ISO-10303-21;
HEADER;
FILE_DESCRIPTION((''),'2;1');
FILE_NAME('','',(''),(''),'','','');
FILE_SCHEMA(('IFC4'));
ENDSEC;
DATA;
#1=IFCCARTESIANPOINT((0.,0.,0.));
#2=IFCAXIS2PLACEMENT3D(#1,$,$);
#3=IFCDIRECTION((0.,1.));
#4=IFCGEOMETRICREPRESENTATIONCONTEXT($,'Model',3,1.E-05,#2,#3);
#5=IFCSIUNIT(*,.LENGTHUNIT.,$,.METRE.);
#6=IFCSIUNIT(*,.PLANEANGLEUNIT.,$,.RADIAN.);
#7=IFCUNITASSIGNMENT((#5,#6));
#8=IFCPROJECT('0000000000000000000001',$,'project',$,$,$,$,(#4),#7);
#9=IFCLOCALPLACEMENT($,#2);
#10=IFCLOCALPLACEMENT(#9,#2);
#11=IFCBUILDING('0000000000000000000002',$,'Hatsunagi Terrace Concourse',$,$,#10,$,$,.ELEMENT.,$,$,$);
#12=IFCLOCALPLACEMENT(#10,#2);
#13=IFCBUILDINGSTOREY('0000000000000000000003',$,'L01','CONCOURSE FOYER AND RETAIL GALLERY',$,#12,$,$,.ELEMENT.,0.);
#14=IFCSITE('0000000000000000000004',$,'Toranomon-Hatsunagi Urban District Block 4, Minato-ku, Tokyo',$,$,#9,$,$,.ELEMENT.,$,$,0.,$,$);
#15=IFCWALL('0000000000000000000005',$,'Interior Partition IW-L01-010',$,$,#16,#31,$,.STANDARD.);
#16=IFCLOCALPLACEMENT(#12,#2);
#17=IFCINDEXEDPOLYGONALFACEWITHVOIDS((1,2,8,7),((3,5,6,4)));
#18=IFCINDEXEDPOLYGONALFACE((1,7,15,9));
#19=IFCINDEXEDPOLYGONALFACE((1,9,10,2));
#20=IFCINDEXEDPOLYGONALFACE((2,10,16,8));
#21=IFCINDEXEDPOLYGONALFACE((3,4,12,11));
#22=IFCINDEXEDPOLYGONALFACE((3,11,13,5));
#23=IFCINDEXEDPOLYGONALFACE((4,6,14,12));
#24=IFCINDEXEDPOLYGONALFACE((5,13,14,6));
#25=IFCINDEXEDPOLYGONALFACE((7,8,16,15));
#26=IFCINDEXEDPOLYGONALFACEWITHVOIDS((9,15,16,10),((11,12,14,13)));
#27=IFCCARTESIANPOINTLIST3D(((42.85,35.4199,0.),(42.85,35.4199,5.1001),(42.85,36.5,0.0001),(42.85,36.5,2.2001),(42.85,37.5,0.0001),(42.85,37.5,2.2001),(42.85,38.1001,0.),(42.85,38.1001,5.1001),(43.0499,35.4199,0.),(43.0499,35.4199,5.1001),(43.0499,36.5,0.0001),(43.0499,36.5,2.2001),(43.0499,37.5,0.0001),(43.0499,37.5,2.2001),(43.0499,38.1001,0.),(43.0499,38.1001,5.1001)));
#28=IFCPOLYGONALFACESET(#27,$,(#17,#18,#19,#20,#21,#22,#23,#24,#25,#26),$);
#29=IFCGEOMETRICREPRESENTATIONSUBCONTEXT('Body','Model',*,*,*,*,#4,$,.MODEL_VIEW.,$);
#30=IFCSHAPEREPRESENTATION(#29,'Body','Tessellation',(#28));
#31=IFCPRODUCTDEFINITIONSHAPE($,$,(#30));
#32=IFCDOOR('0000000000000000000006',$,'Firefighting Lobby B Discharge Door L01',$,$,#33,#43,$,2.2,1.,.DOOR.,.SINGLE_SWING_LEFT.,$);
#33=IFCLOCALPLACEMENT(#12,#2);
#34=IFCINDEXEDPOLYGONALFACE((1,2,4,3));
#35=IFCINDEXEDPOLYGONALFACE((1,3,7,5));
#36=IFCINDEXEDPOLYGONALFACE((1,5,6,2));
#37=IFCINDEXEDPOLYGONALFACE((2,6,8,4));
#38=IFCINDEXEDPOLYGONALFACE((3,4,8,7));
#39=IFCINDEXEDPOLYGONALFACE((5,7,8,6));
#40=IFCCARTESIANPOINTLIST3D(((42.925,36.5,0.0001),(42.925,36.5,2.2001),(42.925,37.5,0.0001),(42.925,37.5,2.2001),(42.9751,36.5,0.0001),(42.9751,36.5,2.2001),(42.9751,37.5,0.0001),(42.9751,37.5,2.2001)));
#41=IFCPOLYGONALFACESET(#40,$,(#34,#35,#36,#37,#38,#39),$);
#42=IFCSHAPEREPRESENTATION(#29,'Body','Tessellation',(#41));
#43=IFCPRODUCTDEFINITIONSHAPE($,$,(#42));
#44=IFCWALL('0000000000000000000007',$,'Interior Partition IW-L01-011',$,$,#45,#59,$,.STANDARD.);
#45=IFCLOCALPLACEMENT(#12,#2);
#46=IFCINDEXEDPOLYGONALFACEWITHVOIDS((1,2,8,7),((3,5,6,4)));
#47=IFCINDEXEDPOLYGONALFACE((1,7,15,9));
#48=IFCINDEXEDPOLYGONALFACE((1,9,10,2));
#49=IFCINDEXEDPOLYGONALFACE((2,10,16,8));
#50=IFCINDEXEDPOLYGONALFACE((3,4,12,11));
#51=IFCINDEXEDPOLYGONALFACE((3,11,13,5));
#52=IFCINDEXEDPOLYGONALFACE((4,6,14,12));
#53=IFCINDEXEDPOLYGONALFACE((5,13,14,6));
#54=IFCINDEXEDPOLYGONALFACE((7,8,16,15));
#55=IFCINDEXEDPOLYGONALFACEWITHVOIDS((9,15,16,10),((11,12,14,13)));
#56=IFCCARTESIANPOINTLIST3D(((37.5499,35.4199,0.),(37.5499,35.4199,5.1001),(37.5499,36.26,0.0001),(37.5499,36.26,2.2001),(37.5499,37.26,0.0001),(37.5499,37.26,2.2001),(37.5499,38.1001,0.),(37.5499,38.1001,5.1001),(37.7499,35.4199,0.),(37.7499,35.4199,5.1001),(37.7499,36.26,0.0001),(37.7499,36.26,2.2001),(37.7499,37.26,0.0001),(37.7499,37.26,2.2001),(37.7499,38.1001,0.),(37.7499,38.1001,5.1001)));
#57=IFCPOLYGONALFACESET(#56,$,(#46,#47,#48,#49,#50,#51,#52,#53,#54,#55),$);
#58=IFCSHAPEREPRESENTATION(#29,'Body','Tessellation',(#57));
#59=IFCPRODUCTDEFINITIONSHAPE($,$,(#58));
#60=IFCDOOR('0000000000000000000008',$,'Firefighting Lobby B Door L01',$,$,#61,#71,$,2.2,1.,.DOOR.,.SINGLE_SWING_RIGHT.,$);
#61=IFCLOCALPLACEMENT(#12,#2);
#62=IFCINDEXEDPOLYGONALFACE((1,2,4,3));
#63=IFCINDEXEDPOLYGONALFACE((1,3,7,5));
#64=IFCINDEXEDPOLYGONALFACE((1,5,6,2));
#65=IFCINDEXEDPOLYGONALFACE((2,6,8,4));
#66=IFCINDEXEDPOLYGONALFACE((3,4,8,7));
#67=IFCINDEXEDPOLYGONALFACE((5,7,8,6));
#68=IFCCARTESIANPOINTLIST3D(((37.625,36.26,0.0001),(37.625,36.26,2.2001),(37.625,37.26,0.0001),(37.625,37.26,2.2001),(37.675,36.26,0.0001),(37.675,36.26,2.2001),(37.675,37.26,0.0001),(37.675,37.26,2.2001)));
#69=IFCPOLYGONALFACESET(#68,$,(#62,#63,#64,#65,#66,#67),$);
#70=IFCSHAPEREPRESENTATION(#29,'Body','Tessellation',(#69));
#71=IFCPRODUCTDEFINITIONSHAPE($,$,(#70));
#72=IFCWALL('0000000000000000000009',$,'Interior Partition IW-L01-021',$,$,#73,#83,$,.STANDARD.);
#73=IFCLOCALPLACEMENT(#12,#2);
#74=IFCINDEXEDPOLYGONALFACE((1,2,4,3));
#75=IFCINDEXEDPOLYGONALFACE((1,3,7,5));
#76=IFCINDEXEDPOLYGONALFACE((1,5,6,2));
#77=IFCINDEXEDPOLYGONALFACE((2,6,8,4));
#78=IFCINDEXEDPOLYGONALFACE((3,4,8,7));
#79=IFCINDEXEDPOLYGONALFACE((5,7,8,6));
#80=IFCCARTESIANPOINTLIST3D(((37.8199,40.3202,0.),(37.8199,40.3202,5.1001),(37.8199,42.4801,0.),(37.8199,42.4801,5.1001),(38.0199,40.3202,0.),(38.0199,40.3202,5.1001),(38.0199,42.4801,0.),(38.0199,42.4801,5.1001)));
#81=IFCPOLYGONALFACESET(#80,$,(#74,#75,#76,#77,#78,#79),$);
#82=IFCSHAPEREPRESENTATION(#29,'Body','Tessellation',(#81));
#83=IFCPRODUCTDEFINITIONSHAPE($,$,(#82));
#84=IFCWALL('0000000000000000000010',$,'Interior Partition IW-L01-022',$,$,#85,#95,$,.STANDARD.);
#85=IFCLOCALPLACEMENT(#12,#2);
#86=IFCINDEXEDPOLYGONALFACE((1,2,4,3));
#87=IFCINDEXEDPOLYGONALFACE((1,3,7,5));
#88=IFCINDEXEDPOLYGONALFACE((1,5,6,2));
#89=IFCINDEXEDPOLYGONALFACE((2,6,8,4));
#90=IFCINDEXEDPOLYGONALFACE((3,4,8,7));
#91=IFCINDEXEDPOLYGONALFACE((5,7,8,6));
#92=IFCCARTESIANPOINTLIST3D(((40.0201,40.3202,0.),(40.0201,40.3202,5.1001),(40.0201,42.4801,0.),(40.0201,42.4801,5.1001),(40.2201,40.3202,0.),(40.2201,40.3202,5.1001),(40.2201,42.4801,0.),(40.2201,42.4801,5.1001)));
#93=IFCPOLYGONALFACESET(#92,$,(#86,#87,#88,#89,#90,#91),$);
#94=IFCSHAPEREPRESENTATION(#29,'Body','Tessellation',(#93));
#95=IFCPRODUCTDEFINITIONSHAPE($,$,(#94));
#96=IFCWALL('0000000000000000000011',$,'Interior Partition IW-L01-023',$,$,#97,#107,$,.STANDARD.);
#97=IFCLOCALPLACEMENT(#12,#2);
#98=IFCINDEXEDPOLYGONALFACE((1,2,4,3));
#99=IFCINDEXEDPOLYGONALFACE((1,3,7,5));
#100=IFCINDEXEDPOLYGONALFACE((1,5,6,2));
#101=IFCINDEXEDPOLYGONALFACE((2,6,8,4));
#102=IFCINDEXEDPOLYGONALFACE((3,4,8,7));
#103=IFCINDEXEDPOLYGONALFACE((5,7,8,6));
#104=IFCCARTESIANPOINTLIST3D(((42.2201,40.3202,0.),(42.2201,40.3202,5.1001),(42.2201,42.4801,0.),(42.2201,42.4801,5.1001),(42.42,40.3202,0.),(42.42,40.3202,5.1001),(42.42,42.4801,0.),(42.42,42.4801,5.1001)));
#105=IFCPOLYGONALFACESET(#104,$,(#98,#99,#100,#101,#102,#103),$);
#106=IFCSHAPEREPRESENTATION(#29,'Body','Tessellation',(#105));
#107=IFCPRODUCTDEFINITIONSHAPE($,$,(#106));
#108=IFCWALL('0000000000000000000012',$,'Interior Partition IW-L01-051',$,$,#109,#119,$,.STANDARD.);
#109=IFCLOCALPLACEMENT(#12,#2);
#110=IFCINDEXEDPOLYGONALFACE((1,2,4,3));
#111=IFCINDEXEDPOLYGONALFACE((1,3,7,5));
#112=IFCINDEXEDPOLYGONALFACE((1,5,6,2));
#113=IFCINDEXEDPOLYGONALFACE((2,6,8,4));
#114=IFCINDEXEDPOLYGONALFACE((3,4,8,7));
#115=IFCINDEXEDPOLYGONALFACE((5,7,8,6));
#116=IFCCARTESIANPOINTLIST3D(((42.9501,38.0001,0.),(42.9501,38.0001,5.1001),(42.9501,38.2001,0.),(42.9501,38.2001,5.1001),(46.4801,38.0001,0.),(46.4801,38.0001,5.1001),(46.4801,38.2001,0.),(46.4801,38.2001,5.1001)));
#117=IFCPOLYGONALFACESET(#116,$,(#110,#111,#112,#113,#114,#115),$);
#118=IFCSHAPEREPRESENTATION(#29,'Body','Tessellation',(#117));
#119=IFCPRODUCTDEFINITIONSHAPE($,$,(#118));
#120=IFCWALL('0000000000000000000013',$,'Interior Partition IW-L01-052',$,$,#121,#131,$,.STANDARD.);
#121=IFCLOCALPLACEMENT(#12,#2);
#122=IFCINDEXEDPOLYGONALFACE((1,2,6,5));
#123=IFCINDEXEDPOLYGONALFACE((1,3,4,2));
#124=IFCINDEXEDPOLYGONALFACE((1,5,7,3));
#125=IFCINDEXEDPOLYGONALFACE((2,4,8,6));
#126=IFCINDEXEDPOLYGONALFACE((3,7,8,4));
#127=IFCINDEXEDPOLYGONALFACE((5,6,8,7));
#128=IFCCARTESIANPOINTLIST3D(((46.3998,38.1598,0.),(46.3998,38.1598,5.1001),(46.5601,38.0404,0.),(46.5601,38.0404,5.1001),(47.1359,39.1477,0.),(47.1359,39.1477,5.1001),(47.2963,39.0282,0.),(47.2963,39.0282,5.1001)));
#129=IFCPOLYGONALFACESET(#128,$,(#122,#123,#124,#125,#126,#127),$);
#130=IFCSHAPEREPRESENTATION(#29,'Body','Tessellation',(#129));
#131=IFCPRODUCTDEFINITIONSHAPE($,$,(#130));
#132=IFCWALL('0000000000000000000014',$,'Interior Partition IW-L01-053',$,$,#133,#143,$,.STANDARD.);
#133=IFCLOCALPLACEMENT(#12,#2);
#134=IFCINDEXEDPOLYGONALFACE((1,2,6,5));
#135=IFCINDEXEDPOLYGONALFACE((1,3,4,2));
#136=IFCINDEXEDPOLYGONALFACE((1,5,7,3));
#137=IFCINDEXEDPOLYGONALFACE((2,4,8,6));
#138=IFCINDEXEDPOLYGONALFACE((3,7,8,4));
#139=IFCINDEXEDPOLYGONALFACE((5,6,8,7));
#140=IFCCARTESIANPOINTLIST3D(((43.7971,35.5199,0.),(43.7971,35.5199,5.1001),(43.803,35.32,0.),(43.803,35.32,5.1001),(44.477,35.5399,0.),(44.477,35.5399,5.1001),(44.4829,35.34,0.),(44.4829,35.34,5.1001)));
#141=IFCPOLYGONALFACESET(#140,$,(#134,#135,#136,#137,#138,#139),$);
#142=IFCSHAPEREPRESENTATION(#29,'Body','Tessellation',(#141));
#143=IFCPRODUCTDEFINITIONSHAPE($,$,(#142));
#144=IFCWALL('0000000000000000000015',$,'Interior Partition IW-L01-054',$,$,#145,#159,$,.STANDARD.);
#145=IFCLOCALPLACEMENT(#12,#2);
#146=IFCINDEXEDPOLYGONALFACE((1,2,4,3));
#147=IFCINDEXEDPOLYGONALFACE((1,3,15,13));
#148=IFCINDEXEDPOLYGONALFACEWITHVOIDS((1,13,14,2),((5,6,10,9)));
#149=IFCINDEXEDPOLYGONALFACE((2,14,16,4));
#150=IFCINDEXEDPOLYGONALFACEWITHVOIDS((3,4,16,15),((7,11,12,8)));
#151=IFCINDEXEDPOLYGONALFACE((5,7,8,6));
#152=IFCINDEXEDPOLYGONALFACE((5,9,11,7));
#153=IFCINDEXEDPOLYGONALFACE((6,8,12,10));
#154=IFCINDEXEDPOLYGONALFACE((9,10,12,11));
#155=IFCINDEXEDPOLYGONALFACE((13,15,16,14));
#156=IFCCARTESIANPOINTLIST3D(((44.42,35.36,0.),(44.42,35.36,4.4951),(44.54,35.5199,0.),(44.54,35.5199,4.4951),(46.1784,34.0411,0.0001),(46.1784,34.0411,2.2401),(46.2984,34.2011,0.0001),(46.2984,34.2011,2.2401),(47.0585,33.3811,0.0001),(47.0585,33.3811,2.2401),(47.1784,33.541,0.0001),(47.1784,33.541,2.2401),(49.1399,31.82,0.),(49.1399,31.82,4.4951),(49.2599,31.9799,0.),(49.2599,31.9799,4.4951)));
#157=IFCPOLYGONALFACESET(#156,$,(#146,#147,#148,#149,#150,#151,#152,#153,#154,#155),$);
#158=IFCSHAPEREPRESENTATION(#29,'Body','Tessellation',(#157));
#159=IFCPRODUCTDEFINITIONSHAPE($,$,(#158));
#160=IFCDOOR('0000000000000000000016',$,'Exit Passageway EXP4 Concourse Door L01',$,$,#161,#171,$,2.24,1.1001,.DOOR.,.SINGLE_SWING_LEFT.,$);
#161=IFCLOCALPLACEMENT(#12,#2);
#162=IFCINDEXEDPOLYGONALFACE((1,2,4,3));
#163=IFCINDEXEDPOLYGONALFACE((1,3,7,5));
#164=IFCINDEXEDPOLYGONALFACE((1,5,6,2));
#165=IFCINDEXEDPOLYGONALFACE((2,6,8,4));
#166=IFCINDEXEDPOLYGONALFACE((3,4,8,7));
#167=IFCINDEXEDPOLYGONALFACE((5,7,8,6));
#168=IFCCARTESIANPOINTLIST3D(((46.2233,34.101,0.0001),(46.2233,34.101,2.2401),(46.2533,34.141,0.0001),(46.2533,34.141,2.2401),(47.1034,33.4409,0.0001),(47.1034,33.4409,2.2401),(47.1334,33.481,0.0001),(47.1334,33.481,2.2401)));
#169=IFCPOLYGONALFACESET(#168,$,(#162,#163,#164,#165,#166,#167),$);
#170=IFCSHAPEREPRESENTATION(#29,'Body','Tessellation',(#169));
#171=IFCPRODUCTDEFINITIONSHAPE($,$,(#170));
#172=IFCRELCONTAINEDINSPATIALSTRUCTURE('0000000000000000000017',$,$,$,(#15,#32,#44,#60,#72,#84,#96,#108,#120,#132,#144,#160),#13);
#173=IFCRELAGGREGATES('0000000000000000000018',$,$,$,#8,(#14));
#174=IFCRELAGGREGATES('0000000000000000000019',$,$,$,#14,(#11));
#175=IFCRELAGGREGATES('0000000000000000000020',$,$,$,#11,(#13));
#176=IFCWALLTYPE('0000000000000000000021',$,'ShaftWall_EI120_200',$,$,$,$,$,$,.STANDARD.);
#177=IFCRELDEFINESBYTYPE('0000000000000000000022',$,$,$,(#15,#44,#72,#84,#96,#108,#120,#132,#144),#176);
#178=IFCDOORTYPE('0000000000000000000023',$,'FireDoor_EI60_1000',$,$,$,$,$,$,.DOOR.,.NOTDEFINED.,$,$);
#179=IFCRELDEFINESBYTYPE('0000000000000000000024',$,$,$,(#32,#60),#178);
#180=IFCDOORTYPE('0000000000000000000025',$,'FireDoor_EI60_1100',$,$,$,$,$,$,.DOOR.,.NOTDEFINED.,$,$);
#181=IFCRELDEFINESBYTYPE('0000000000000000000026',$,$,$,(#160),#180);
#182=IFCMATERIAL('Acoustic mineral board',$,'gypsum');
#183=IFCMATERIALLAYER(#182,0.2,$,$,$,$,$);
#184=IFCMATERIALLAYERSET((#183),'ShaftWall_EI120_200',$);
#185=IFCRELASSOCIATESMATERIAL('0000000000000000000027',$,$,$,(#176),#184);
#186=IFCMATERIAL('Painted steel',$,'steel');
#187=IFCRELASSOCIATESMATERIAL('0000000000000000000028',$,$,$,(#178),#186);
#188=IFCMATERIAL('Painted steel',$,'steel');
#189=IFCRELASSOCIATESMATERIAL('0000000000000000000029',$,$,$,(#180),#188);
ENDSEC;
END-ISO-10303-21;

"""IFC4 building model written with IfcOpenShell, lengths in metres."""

from ifc_helpers import new_model, si_unit, direction, frame, frame_2d, origin, place, context, subcontext, project, spatial, rectangle, extrude, material, layer, layer_set, type_object, element, fill, save


model = new_model("IFC4")

# Units and contexts
model_context = context("Model", 3, precision=1e-05, world=origin(), true_north=direction((0.0, 1.0)))
body_context = subcontext(model_context, "Body", "Model", "MODEL_VIEW")
ifc_project = project(units=[si_unit("LENGTHUNIT", "METRE"), si_unit("PLANEANGLEUNIT", "RADIAN")], contexts=[model_context])

# Site, building, storey
site_placement = place(None, origin())
site = spatial("IfcSite", under=ifc_project, at=site_placement, Name="Toranomon-Hatsunagi Urban District Block 4, Minato-ku, Tokyo", CompositionType="ELEMENT", RefElevation=0.0)
building_placement = place(site_placement, origin())
building = spatial("IfcBuilding", under=site, at=building_placement, Name="Hatsunagi Terrace Concourse", CompositionType="ELEMENT")
storey_placement = place(building_placement, origin())
storey = spatial("IfcBuildingStorey", under=building, at=storey_placement, Name="L01", Description="CONCOURSE FOYER AND RETAIL GALLERY", CompositionType="ELEMENT", Elevation=0.0)

# Shared definitions
ifc_material_1 = material(Name="Acoustic mineral board", Category="gypsum")
ifc_layer_1 = layer(ifc_material_1, 0.2)
ifc_layer_set_1 = layer_set([ifc_layer_1], Name="ShaftWall_EI120_200")
wall_type = type_object("IfcWallType", Name="ShaftWall_EI120_200", PredefinedType="STANDARD", material=ifc_layer_set_1)

# Walls, openings, doors
wall_1_placement = place(storey_placement, frame((42.95, 35.4199, 0.0), z_axis=(0.0, 0.0, 1.0), x_axis=(0.0, 1.0, 0.0)))
wall_1 = element("IfcWall", 1, at=wall_1_placement, inside=storey, type_object=wall_type, Name="Interior Partition IW-L01-010", PredefinedType="STANDARD", context=body_context, shape_type="SweptSolid", body=[
    extrude(rectangle(XDim=2.6802, YDim=0.2, at=frame_2d((1.3401, 0.0))), origin(), (0.0, 0.0, 1.0), 5.1001),
])
opening_1_placement = place(wall_1_placement, frame((1.0801, 0.0, 0.0)))
opening_1 = element("IfcOpeningElement", 2, at=opening_1_placement, cuts=wall_1, PredefinedType="OPENING", context=body_context, shape_type="SweptSolid", body=[
    extrude(rectangle(XDim=1.0, YDim=2.2, at=frame_2d((0.5, 1.1001))), frame((0.0, 0.1099, 0.0), z_axis=(0.0, -1.0, 0.0), x_axis=(1.0, 0.0, 0.0)), (0.0, 0.0, 1.0), 0.22),
])
ifc_material_2 = material(Name="Painted steel", Category="steel")
door_type_1 = type_object("IfcDoorType", Name="FireDoor_EI60_1000", OperationType="NOTDEFINED", PredefinedType="DOOR", material=ifc_material_2)
door_1_placement = place(opening_1_placement, origin())
door_1 = element("IfcDoor", 3, at=door_1_placement, inside=storey, type_object=door_type_1, Name="Firefighting Lobby B Discharge Door L01", OperationType="SINGLE_SWING_LEFT", OverallHeight=2.2, OverallWidth=1.0, PredefinedType="DOOR", context=body_context, shape_type="SweptSolid", body=[
    extrude(rectangle(XDim=1.0, YDim=2.2, at=frame_2d((0.5, 1.1001))), frame((0.0, 0.0249, 0.0), z_axis=(0.0, -1.0, 0.0), x_axis=(1.0, 0.0, 0.0)), (0.0, 0.0, 1.0), 0.05),
])
fill(opening_1, door_1)
wall_2_placement = place(storey_placement, frame((37.6499, 35.4199, 0.0), z_axis=(0.0, 0.0, 1.0), x_axis=(0.0, 1.0, 0.0)))
wall_2 = element("IfcWall", 4, at=wall_2_placement, inside=storey, type_object=wall_type, Name="Interior Partition IW-L01-011", PredefinedType="STANDARD", context=body_context, shape_type="SweptSolid", body=[
    extrude(rectangle(XDim=2.6802, YDim=0.2, at=frame_2d((1.3401, 0.0))), origin(), (0.0, 0.0, 1.0), 5.1001),
])
opening_2_placement = place(wall_2_placement, frame((0.8401, 0.0, 0.0)))
opening_2 = element("IfcOpeningElement", 5, at=opening_2_placement, cuts=wall_2, PredefinedType="OPENING", context=body_context, shape_type="SweptSolid", body=[
    extrude(rectangle(XDim=1.0, YDim=2.2, at=frame_2d((0.5, 1.1001))), frame((0.0, 0.1099, 0.0), z_axis=(0.0, -1.0, 0.0), x_axis=(1.0, 0.0, 0.0)), (0.0, 0.0, 1.0), 0.22),
])
door_2_placement = place(opening_2_placement, origin())
door_2 = element("IfcDoor", 6, at=door_2_placement, inside=storey, type_object=door_type_1, Name="Firefighting Lobby B Door L01", OperationType="SINGLE_SWING_RIGHT", OverallHeight=2.2, OverallWidth=1.0, PredefinedType="DOOR", context=body_context, shape_type="SweptSolid", body=[
    extrude(rectangle(XDim=1.0, YDim=2.2, at=frame_2d((0.5, 1.1001))), frame((0.0, 0.0249, 0.0), z_axis=(0.0, -1.0, 0.0), x_axis=(1.0, 0.0, 0.0)), (0.0, 0.0, 1.0), 0.05),
])
fill(opening_2, door_2)

# Walls
for number, where, z_axis, x_axis, name in (
    (7, (37.9199, 40.3201, 0.0), (0.0, 0.0, 1.0), (0.0, 1.0, 0.0), "Interior Partition IW-L01-021"),
    (8, (40.1201, 40.3201, 0.0), (0.0, 0.0, 1.0), (0.0, 1.0, 0.0), "Interior Partition IW-L01-022"),
    (9, (42.3201, 40.3201, 0.0), (0.0, 0.0, 1.0), (0.0, 1.0, 0.0), "Interior Partition IW-L01-023"),
):
    element("IfcWall", number, at=place(storey_placement, frame(where, z_axis=z_axis, x_axis=x_axis)), inside=storey, type_object=wall_type, Name=name, PredefinedType="STANDARD", context=body_context, shape_type="SweptSolid", body=[
        extrude(rectangle(XDim=2.1599, YDim=0.2, at=frame_2d((1.0801, 0.0))), origin(), (0.0, 0.0, 1.0), 5.1001),
    ])
wall_3_placement = place(storey_placement, frame((42.95, 38.1001, 0.0), z_axis=(0.0, 0.0, 1.0), x_axis=(1.0, 0.0, 0.0)))
element("IfcWall", 10, at=wall_3_placement, inside=storey, type_object=wall_type, Name="Interior Partition IW-L01-051", PredefinedType="STANDARD", context=body_context, shape_type="SweptSolid", body=[
    extrude(rectangle(XDim=3.53, YDim=0.2, at=frame_2d((1.7651, 0.0))), origin(), (0.0, 0.0, 1.0), 5.1001),
])
wall_4_placement = place(storey_placement, frame((46.48, 38.1001, 0.0), z_axis=(0.0, 0.0, 1.0), x_axis=(0.597524, 0.801851, 0.0)))
element("IfcWall", 11, at=wall_4_placement, inside=storey, type_object=wall_type, Name="Interior Partition IW-L01-052", PredefinedType="STANDARD", context=body_context, shape_type="SweptSolid", body=[
    extrude(rectangle(XDim=1.2319, YDim=0.2, at=frame_2d((0.616, 0.0))), origin(), (0.0, 0.0, 1.0), 5.1001),
])
wall_5_placement = place(storey_placement, frame((43.8, 35.4199, 0.0), z_axis=(0.0, 0.0, 1.0), x_axis=(0.999567, 0.029431, 0.0)))
element("IfcWall", 12, at=wall_5_placement, inside=storey, type_object=wall_type, Name="Interior Partition IW-L01-053", PredefinedType="STANDARD", context=body_context, shape_type="SweptSolid", body=[
    extrude(rectangle(XDim=0.6802, YDim=0.2, at=frame_2d((0.3401, 0.0))), origin(), (0.0, 0.0, 1.0), 5.1001),
])

# Wall, opening, door
wall_6_placement = place(storey_placement, frame((44.48, 35.4399, 0.0), z_axis=(0.0, 0.0, 1.0), x_axis=(0.799995, -0.600007, 0.0)))
wall_6 = element("IfcWall", 13, at=wall_6_placement, inside=storey, type_object=wall_type, Name="Interior Partition IW-L01-054", PredefinedType="STANDARD", context=body_context, shape_type="SweptSolid", body=[
    extrude(rectangle(XDim=5.8999, YDim=0.2, at=frame_2d((2.95, 0.0))), origin(), (0.0, 0.0, 1.0), 4.4951),
])
opening_3_placement = place(wall_6_placement, frame((2.198, 0.0, 0.0)))
opening_3 = element("IfcOpeningElement", 14, at=opening_3_placement, cuts=wall_6, PredefinedType="OPENING", context=body_context, shape_type="SweptSolid", body=[
    extrude(rectangle(XDim=1.1001, YDim=2.24, at=frame_2d((0.55, 1.1201))), frame((0.0, 0.1099, 0.0), z_axis=(0.0, -1.0, 0.0), x_axis=(1.0, 0.0, 0.0)), (0.0, 0.0, 1.0), 0.22),
])
ifc_material_3 = material(Name="Painted steel", Category="steel")
door_type_2 = type_object("IfcDoorType", Name="FireDoor_EI60_1100", OperationType="NOTDEFINED", PredefinedType="DOOR", material=ifc_material_3)
door_3_placement = place(opening_3_placement, origin())
door_3 = element("IfcDoor", 15, at=door_3_placement, inside=storey, type_object=door_type_2, Name="Exit Passageway EXP4 Concourse Door L01", OperationType="SINGLE_SWING_LEFT", OverallHeight=2.24, OverallWidth=1.1001, PredefinedType="DOOR", context=body_context, shape_type="SweptSolid", body=[
    extrude(rectangle(XDim=1.1001, YDim=2.24, at=frame_2d((0.55, 1.1201))), frame((0.0, 0.0249, 0.0), z_axis=(0.0, -1.0, 0.0), x_axis=(1.0, 0.0, 0.0)), (0.0, 0.0, 1.0), 0.05),
])
fill(opening_3, door_3)

save(model, "model.ifc")
